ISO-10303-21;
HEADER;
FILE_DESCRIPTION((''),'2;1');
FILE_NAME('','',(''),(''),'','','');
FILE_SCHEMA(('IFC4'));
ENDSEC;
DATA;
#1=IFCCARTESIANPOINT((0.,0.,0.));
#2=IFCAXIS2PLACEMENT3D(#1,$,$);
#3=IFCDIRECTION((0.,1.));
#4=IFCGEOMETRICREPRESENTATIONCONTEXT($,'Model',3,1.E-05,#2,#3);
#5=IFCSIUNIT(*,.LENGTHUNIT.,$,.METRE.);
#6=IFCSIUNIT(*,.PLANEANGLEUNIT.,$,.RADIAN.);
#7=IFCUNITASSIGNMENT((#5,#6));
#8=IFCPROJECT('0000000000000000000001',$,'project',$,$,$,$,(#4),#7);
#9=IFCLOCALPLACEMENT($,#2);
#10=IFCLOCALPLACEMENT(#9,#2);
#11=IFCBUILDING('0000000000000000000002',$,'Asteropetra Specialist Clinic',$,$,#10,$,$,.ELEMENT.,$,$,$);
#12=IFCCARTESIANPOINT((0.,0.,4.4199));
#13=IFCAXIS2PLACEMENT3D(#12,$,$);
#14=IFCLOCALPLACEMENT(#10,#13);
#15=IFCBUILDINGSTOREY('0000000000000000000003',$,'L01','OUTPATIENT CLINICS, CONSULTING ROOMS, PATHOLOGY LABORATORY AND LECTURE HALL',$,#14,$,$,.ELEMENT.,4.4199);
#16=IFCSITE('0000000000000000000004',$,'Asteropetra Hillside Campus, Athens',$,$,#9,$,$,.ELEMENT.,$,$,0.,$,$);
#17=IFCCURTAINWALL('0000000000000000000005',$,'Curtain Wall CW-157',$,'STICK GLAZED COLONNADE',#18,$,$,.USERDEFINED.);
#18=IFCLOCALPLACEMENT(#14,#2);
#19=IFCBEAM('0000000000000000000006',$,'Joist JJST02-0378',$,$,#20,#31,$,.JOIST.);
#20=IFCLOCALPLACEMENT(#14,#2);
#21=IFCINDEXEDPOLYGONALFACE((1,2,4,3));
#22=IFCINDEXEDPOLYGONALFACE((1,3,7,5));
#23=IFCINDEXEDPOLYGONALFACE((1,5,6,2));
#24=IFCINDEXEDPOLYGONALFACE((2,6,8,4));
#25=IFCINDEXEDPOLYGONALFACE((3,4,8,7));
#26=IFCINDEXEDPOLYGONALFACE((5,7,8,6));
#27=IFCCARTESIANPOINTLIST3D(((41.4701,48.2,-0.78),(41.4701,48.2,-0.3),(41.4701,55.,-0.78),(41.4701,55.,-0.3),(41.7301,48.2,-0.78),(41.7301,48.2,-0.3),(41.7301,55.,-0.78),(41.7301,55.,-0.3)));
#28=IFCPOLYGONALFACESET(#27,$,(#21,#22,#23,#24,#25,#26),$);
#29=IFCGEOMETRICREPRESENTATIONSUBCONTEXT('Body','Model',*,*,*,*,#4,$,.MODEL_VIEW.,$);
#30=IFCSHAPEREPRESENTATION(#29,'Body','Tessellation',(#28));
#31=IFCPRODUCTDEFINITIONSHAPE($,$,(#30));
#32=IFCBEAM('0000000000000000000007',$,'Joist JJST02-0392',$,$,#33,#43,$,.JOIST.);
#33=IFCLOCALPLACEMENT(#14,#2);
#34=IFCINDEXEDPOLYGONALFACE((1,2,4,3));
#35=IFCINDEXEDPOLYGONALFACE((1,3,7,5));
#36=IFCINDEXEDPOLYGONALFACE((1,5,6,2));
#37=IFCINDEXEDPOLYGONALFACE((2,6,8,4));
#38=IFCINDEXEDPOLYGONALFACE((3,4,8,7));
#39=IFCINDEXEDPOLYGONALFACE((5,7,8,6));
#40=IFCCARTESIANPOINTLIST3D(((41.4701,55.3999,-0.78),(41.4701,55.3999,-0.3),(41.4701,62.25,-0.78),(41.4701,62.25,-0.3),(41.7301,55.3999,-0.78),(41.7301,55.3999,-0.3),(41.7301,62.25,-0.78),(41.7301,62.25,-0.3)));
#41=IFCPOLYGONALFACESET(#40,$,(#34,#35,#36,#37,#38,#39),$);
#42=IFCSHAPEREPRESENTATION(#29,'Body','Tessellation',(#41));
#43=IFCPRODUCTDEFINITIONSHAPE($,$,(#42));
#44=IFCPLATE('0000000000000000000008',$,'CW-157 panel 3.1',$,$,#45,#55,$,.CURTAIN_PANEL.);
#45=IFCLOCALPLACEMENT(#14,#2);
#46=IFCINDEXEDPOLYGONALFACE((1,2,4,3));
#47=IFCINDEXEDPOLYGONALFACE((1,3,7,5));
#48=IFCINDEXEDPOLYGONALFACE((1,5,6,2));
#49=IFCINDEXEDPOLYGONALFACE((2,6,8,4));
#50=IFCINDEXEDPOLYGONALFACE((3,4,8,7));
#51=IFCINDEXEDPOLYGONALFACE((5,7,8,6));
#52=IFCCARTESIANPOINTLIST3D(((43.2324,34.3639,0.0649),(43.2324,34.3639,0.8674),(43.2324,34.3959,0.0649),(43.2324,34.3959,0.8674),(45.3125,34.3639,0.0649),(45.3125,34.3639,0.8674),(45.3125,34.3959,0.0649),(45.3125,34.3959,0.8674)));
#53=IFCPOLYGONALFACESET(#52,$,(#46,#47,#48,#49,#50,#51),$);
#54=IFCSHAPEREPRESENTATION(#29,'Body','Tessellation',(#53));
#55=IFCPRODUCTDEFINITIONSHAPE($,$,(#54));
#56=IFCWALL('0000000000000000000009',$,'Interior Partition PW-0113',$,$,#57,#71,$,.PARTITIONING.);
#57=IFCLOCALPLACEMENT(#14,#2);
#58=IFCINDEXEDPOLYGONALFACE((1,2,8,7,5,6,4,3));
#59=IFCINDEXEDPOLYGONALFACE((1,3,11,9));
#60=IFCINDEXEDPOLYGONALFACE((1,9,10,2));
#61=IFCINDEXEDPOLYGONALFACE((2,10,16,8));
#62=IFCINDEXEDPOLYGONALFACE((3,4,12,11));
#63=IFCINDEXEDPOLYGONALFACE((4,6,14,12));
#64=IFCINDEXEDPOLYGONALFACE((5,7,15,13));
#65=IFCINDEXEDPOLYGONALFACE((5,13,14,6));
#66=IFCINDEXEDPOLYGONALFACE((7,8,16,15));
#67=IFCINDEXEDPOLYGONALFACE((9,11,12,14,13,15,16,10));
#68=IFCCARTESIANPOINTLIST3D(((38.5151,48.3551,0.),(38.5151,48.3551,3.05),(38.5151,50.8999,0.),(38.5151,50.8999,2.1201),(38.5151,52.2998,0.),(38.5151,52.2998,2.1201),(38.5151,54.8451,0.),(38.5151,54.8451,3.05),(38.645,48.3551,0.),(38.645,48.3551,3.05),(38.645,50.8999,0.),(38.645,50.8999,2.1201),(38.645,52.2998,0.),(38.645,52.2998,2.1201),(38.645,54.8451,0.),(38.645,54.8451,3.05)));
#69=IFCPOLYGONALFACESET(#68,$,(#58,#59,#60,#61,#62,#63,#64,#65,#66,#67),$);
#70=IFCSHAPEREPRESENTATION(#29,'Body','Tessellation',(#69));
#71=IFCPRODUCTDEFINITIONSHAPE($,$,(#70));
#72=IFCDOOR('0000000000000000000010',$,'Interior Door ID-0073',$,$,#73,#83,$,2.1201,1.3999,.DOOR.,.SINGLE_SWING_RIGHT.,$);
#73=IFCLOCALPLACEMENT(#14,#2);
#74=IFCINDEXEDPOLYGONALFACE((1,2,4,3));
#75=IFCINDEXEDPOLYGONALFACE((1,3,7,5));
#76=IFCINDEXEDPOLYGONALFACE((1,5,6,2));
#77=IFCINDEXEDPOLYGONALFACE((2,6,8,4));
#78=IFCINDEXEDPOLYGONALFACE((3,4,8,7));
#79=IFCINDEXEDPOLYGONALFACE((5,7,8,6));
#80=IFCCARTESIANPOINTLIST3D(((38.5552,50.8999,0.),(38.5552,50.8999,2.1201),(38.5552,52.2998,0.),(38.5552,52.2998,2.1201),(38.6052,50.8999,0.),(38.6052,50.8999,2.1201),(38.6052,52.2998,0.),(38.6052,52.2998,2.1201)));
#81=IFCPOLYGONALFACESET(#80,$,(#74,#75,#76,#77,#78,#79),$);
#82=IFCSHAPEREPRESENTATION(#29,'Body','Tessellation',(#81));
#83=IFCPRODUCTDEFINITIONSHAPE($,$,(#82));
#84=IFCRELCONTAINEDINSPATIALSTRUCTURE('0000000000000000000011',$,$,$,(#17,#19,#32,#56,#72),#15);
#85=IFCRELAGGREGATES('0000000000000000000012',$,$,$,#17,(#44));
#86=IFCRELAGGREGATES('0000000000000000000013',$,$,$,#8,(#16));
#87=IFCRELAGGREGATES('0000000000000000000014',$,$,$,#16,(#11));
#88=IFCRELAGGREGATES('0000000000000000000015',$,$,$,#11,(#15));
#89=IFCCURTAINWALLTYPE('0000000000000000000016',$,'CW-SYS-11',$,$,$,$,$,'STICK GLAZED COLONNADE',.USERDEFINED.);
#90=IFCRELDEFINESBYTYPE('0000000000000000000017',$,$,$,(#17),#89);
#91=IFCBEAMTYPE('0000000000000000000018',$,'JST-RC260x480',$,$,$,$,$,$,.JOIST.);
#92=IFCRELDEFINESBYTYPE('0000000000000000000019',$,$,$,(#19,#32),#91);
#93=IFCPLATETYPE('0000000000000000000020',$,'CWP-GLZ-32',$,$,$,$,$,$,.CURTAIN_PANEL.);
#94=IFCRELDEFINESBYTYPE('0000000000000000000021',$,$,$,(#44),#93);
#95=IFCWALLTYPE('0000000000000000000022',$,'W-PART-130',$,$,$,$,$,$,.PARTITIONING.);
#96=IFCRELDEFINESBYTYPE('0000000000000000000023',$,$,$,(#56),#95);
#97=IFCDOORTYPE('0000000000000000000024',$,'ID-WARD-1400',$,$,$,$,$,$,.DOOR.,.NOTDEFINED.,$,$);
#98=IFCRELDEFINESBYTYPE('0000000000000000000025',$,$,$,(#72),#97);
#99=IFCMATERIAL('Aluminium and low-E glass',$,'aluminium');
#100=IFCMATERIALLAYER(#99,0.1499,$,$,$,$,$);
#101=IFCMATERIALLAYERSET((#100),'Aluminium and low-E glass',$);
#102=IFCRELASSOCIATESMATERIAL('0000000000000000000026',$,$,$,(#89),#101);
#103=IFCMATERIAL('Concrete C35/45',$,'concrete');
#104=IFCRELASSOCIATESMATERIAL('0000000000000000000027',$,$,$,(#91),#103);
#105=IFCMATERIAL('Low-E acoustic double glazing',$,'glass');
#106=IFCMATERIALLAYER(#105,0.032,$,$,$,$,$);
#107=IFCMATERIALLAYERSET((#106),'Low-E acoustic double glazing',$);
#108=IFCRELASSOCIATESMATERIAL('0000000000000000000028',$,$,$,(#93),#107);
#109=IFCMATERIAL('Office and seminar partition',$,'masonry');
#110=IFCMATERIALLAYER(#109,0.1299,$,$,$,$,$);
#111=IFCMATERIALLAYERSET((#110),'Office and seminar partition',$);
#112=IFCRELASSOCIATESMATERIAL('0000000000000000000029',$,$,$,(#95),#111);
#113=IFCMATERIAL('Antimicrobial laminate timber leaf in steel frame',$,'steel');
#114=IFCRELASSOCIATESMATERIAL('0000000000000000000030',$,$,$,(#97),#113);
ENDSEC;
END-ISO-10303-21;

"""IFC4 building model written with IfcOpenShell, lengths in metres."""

from ifc_helpers import new_model, si_unit, direction, frame, frame_2d, origin, origin_2d, place, context, subcontext, project, spatial, rectangle, extrude, material, layer, layer_set, material_profile, profile_set, type_object, element, fill, aggregate, save


model = new_model("IFC4")

# Units and contexts
model_context = context("Model", 3, precision=1e-05, world=origin(), true_north=direction((0.0, 1.0)))
body_context = subcontext(model_context, "Body", "Model", "MODEL_VIEW")
ifc_project = project(units=[si_unit("LENGTHUNIT", "METRE"), si_unit("PLANEANGLEUNIT", "RADIAN")], contexts=[model_context])

# Site, building, storey
site_placement = place(None, origin())
site = spatial("IfcSite", under=ifc_project, at=site_placement, Name="Asteropetra Hillside Campus, Athens", CompositionType="ELEMENT", RefElevation=0.0)
building_placement = place(site_placement, origin())
building = spatial("IfcBuilding", under=site, at=building_placement, Name="Asteropetra Specialist Clinic", CompositionType="ELEMENT")
storey_placement = place(building_placement, frame((0.0, 0.0, 4.4199)))
storey = spatial("IfcBuildingStorey", under=building, at=storey_placement, Name="L01", Description="OUTPATIENT CLINICS, CONSULTING ROOMS, PATHOLOGY LABORATORY AND LECTURE HALL", CompositionType="ELEMENT", Elevation=4.4199)

# Curtain wall
ifc_material_1 = material(Name="Aluminium and low-E glass", Category="aluminium")
ifc_layer_1 = layer(ifc_material_1, 0.1499)
ifc_layer_set_1 = layer_set([ifc_layer_1], Name="Aluminium and low-E glass")
curtain_wall_type = type_object("IfcCurtainWallType", Name="CW-SYS-11", ElementType="STICK GLAZED COLONNADE", PredefinedType="USERDEFINED", material=ifc_layer_set_1)
curtain_wall_placement = place(storey_placement, origin())
curtain_wall = element("IfcCurtainWall", 1, at=curtain_wall_placement, inside=storey, type_object=curtain_wall_type, Name="Curtain Wall CW-157", ObjectType="STICK GLAZED COLONNADE", PredefinedType="USERDEFINED")

# Beams
ifc_material_2 = material(Name="Concrete C35/45", Category="concrete")
ifc_material_profile_1 = material_profile(ifc_material_2, rectangle(XDim=0.26, YDim=0.48, at=origin_2d()), Name="RCJ 260x480")
ifc_profile_set_1 = profile_set([ifc_material_profile_1], Name="Concrete C35/45")
beam_type_1 = type_object("IfcBeamType", Name="JST-RC260x480", PredefinedType="JOIST", material=ifc_profile_set_1)
for number, where, z_axis, x_axis, name in (
    (2, (41.6001, 48.2, -0.54), (0.0, 1.0, 0.0), (-1.0, 0.0, 0.0), "Joist JJST02-0378"),
):
    element("IfcBeam", number, at=place(storey_placement, frame(where, z_axis=z_axis, x_axis=x_axis)), inside=storey, type_object=beam_type_1, Name=name, PredefinedType="JOIST", context=body_context, shape_type="SweptSolid", body=[
        extrude(rectangle(XDim=0.26, YDim=0.48, at=origin_2d()), origin(), (0.0, 0.0, 1.0), 6.8),
    ])
beam_1_placement = place(storey_placement, frame((41.6001, 55.3999, -0.54), z_axis=(0.0, 1.0, 0.0), x_axis=(-1.0, 0.0, 0.0)))
element("IfcBeam", 3, at=beam_1_placement, inside=storey, type_object=beam_type_1, Name="Joist JJST02-0392", PredefinedType="JOIST", context=body_context, shape_type="SweptSolid", body=[
    extrude(rectangle(XDim=0.26, YDim=0.48, at=origin_2d()), origin(), (0.0, 0.0, 1.0), 6.8501),
])

# Plate
ifc_material_3 = material(Name="Low-E acoustic double glazing", Category="glass")
ifc_layer_2 = layer(ifc_material_3, 0.032)
ifc_layer_set_2 = layer_set([ifc_layer_2], Name="Low-E acoustic double glazing")
plate_type = type_object("IfcPlateType", Name="CWP-GLZ-32", PredefinedType="CURTAIN_PANEL", material=ifc_layer_set_2)
plate_placement = place(storey_placement, frame((44.2725, 34.3799, 0.0649), z_axis=(0.0, 0.0, 1.0), x_axis=(1.0, 0.0, 0.0)))
plate = element("IfcPlate", 4, at=plate_placement, type_object=plate_type, Name="CW-157 panel 3.1", PredefinedType="CURTAIN_PANEL", context=body_context, shape_type="SweptSolid", body=[
    extrude(rectangle(XDim=2.0801, YDim=0.032, at=origin_2d()), origin(), (0.0, 0.0, 1.0), 0.8025),
])
aggregate(curtain_wall, [plate])

# Wall, opening, door
ifc_material_4 = material(Name="Office and seminar partition", Category="masonry")
ifc_layer_3 = layer(ifc_material_4, 0.1299)
ifc_layer_set_3 = layer_set([ifc_layer_3], Name="Office and seminar partition")
wall_type_1 = type_object("IfcWallType", Name="W-PART-130", PredefinedType="PARTITIONING", material=ifc_layer_set_3)
wall_1_placement = place(storey_placement, frame((38.5801, 48.355, 0.0), z_axis=(0.0, 0.0, 1.0), x_axis=(0.0, 1.0, 0.0)))
wall_1 = element("IfcWall", 5, at=wall_1_placement, inside=storey, type_object=wall_type_1, Name="Interior Partition PW-0113", PredefinedType="PARTITIONING", context=body_context, shape_type="SweptSolid", body=[
    extrude(rectangle(XDim=6.49, YDim=0.1299, at=frame_2d((3.2451, 0.0))), origin(), (0.0, 0.0, 1.0), 3.05),
])
opening_1_placement = place(wall_1_placement, frame((2.5449, 0.0, 0.0)))
opening_1 = element("IfcOpeningElement", 6, at=opening_1_placement, cuts=wall_1, PredefinedType="OPENING", context=body_context, shape_type="SweptSolid", body=[
    extrude(rectangle(XDim=1.3999, YDim=2.1201, at=frame_2d((0.7, 1.0601))), frame((0.0, 0.075, 0.0), z_axis=(0.0, -1.0, 0.0), x_axis=(1.0, 0.0, 0.0)), (0.0, 0.0, 1.0), 0.1499),
])
ifc_material_5 = material(Name="Antimicrobial laminate timber leaf in steel frame", Category="steel")
door_type_1 = type_object("IfcDoorType", Name="ID-WARD-1400", OperationType="NOTDEFINED", PredefinedType="DOOR", material=ifc_material_5)
door_1_placement = place(opening_1_placement, origin())
door_1 = element("IfcDoor", 7, at=door_1_placement, inside=storey, type_object=door_type_1, Name="Interior Door ID-0073", OperationType="SINGLE_SWING_RIGHT", OverallHeight=2.1201, OverallWidth=1.3999, PredefinedType="DOOR", context=body_context, shape_type="SweptSolid", body=[
    extrude(rectangle(XDim=1.3999, YDim=2.1201, at=frame_2d((0.7, 1.0601))), frame((0.0, 0.0249, 0.0), z_axis=(0.0, -1.0, 0.0), x_axis=(1.0, 0.0, 0.0)), (0.0, 0.0, 1.0), 0.05),
])
fill(opening_1, door_1)

save(model, "model.ifc")
